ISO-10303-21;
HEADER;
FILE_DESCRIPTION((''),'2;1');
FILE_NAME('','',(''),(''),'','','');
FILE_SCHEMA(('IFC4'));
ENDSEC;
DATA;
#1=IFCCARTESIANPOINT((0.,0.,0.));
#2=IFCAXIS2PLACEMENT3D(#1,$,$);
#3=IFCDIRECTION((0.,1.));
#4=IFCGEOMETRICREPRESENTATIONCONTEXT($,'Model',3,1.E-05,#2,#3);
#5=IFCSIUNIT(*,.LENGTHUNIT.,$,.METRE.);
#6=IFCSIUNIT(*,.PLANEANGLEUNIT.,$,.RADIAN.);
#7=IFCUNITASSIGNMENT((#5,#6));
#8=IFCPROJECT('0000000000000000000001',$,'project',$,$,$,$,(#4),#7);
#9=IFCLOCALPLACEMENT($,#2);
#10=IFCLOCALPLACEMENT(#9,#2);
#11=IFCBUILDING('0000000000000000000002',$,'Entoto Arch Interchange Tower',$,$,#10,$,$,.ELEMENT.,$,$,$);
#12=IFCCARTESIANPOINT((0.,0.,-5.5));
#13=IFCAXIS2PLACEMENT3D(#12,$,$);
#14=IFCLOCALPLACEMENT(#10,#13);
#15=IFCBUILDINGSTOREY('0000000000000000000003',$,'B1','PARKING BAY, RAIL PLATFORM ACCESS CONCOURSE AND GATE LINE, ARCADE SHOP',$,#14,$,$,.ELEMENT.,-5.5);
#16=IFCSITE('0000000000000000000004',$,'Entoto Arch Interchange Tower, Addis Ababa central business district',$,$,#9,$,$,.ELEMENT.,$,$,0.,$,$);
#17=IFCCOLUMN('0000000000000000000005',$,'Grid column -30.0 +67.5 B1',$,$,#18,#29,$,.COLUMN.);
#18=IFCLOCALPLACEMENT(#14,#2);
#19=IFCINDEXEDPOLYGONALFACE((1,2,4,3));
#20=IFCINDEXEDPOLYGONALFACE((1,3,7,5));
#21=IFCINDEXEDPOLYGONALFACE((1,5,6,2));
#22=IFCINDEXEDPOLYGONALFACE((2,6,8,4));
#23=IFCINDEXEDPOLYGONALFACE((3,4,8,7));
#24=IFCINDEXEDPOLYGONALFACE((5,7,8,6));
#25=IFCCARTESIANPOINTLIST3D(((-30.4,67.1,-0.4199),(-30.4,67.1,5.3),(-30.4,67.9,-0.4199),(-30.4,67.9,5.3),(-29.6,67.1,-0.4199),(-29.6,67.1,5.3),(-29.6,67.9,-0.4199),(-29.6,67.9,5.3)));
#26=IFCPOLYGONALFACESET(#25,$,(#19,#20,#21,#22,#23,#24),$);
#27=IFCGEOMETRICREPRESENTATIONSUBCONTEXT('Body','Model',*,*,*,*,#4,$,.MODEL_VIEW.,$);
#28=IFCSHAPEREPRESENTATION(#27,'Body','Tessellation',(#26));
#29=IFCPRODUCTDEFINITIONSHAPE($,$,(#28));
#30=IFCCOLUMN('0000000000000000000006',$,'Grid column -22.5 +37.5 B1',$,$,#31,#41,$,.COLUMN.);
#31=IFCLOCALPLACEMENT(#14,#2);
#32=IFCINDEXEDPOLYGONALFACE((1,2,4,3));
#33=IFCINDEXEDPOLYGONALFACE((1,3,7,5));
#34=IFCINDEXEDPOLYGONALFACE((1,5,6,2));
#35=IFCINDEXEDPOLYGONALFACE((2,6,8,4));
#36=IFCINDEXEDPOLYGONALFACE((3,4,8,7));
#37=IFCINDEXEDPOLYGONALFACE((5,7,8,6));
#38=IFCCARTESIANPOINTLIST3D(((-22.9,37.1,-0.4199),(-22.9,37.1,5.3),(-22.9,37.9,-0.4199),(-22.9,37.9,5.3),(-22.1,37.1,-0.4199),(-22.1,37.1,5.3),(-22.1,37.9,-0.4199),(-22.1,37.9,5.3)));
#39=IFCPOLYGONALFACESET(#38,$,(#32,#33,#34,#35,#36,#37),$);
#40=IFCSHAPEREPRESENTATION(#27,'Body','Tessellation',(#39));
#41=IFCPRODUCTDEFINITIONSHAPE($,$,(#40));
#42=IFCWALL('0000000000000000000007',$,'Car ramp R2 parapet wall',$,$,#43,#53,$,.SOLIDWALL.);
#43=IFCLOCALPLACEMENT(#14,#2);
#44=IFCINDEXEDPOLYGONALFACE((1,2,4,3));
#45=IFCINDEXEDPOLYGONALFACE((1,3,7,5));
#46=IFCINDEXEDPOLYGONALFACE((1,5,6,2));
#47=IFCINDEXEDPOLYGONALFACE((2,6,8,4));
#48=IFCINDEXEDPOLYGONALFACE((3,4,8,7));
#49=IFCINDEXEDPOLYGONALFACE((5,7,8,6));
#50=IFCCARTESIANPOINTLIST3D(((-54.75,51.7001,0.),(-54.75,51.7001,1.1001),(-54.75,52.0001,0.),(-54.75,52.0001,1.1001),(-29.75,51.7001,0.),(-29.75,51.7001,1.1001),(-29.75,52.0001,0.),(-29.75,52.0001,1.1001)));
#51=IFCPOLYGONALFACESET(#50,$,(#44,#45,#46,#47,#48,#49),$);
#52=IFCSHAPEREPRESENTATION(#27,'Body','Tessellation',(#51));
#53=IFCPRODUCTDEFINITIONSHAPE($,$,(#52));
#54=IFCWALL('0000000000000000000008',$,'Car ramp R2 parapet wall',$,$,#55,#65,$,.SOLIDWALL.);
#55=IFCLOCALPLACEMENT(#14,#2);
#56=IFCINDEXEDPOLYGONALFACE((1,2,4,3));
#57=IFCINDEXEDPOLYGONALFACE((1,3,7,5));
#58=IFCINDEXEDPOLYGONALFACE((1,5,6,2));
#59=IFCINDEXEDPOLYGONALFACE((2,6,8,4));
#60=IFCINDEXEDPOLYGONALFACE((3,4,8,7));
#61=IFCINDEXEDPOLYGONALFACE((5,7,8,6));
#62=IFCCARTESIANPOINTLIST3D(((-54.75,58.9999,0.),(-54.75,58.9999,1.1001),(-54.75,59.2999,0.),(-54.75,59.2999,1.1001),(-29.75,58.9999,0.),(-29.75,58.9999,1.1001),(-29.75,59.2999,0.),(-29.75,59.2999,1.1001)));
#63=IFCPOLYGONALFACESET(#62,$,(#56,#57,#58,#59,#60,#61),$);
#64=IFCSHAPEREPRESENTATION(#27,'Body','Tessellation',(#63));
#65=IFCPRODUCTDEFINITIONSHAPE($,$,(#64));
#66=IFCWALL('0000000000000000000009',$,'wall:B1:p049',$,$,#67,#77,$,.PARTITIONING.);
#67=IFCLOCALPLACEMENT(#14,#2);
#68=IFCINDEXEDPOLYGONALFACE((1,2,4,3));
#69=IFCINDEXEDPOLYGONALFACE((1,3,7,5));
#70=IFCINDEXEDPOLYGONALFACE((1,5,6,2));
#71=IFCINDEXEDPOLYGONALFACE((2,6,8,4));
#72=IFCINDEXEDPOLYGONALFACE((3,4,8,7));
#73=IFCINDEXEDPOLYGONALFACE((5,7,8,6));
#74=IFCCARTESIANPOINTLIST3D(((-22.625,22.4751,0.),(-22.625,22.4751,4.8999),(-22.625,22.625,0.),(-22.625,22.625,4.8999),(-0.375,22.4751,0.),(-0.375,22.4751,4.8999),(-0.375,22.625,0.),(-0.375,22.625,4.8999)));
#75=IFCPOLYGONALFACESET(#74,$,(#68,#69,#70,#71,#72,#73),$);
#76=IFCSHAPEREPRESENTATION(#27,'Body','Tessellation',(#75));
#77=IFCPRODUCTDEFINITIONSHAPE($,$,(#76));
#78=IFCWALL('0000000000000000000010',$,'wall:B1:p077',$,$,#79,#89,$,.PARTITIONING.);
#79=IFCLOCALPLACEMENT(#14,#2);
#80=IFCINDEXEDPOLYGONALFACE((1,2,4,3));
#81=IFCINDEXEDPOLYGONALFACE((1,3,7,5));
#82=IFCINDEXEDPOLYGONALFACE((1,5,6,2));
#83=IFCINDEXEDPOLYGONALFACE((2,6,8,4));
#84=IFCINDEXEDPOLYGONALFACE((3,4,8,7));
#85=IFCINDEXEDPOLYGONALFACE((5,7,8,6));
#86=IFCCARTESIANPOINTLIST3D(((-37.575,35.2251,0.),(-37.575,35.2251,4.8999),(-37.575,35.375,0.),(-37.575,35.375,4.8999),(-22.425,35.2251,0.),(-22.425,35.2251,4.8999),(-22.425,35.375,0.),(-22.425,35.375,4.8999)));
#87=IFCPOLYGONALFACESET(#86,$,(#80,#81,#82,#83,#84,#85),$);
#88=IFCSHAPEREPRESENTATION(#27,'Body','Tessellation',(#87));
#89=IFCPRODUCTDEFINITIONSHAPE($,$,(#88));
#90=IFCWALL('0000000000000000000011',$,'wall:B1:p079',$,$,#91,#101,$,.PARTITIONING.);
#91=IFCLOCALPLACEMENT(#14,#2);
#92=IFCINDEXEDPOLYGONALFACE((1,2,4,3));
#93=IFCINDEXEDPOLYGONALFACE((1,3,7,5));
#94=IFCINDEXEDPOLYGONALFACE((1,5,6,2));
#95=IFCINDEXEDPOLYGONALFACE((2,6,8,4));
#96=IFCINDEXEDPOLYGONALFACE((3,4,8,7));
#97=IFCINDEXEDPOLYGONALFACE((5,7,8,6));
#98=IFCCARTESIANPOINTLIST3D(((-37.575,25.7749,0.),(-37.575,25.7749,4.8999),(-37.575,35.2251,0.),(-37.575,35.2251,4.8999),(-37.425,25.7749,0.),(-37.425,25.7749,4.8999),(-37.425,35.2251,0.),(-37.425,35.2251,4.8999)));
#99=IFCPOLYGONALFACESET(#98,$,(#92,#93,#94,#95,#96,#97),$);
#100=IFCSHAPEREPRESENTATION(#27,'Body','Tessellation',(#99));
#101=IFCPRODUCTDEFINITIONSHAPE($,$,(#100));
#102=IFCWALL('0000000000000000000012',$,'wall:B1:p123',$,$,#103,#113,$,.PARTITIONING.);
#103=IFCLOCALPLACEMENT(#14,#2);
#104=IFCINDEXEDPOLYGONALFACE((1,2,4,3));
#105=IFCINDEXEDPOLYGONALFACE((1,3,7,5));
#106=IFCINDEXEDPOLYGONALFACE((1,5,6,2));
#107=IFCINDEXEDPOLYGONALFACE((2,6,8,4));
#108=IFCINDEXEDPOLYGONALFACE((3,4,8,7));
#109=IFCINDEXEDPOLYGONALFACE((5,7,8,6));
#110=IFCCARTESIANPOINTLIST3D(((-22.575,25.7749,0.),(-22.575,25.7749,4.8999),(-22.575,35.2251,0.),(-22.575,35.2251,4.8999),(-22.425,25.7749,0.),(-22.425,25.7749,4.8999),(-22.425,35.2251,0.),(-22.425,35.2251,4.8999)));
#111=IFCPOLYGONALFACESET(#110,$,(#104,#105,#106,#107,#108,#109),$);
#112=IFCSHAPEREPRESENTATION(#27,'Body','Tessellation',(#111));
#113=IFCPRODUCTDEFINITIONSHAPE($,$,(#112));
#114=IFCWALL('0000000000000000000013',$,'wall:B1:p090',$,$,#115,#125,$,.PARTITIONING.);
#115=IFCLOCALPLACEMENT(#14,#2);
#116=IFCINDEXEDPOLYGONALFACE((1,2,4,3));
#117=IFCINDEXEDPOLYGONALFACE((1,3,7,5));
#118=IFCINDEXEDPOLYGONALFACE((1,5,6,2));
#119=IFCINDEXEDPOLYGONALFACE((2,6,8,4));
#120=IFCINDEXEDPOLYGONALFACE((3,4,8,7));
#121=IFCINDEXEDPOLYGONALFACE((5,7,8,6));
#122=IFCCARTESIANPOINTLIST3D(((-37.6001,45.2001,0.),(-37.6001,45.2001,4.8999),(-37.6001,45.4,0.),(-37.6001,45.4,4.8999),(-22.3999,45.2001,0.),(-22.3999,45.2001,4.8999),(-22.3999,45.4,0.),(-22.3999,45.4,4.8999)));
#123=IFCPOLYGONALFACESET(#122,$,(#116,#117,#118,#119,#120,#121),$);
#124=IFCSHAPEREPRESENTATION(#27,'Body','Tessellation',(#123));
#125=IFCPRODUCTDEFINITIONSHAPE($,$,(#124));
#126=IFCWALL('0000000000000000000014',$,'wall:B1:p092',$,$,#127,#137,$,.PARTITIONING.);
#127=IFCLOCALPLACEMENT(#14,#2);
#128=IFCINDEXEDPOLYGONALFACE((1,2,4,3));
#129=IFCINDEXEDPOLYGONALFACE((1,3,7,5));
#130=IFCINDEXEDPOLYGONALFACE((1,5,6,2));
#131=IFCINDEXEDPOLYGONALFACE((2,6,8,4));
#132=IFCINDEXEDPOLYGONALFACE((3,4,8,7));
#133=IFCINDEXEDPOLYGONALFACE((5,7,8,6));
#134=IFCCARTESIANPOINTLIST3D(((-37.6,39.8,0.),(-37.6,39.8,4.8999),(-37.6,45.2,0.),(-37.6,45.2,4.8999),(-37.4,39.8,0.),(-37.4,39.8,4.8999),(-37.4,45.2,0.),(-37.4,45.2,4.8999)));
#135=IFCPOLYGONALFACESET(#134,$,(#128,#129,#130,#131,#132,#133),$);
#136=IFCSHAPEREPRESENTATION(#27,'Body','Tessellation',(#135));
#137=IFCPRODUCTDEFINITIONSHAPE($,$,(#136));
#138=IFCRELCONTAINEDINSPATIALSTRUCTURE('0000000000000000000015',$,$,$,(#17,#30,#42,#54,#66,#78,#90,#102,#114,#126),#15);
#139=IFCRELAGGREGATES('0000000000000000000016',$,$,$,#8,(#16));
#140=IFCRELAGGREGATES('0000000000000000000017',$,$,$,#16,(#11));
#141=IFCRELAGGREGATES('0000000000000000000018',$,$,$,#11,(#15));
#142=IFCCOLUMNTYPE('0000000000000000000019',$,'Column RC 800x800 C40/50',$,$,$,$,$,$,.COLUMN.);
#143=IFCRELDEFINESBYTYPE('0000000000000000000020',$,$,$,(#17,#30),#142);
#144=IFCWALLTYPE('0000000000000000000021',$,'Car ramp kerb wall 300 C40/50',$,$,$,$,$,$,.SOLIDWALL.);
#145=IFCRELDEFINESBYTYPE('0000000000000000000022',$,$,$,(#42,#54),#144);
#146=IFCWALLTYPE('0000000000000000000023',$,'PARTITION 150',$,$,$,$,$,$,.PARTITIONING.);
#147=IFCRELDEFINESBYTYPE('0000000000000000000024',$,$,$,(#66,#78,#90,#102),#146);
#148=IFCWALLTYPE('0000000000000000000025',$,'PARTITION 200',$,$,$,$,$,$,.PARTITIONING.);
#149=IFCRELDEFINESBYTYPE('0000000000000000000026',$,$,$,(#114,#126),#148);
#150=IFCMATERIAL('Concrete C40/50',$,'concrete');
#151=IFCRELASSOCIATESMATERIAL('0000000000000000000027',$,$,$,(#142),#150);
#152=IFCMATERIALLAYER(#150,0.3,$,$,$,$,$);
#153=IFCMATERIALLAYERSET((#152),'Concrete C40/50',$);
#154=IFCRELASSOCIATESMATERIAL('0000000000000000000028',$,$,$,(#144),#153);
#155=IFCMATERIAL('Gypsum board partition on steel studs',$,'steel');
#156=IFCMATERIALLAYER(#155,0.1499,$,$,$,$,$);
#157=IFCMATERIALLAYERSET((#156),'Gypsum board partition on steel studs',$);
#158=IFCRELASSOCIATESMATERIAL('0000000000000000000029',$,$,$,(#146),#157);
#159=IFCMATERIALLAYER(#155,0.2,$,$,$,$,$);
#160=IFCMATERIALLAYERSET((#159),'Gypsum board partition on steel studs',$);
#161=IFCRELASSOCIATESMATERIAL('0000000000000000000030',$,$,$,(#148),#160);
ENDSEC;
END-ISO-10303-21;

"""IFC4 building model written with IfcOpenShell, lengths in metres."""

from ifc_helpers import new_model, si_unit, direction, frame, frame_2d, origin, origin_2d, place, context, subcontext, project, spatial, rectangle, extrude, material, layer, layer_set, material_profile, profile_set, type_object, element, save


model = new_model("IFC4")

# Units and contexts
model_context = context("Model", 3, precision=1e-05, world=origin(), true_north=direction((0.0, 1.0)))
body_context = subcontext(model_context, "Body", "Model", "MODEL_VIEW")
ifc_project = project(units=[si_unit("LENGTHUNIT", "METRE"), si_unit("PLANEANGLEUNIT", "RADIAN")], contexts=[model_context])

# Site, building, storey
site_placement = place(None, origin())
site = spatial("IfcSite", under=ifc_project, at=site_placement, Name="Entoto Arch Interchange Tower, Addis Ababa central business district", CompositionType="ELEMENT", RefElevation=0.0)
building_placement = place(site_placement, origin())
building = spatial("IfcBuilding", under=site, at=building_placement, Name="Entoto Arch Interchange Tower", CompositionType="ELEMENT")
storey_placement = place(building_placement, frame((0.0, 0.0, -5.5)))
storey = spatial("IfcBuildingStorey", under=building, at=storey_placement, Name="B1", Description="PARKING BAY, RAIL PLATFORM ACCESS CONCOURSE AND GATE LINE, ARCADE SHOP", CompositionType="ELEMENT", Elevation=-5.5)

# Columns
ifc_material_1 = material(Name="Concrete C40/50", Category="concrete")
ifc_material_profile = material_profile(ifc_material_1, rectangle(XDim=0.8, YDim=0.8, at=origin_2d()))
ifc_profile_set = profile_set([ifc_material_profile], Name="Concrete C40/50")
column_type = type_object("IfcColumnType", Name="Column RC 800x800 C40/50", PredefinedType="COLUMN", material=ifc_profile_set)
for number, where, z_axis, x_axis, name in (
    (1, (-30.0, 67.5, -0.4199), (0.0, 0.0, 1.0), (1.0, 0.0, 0.0), "Grid column -30.0 +67.5 B1"),
    (2, (-22.5, 37.5, -0.4199), (0.0, 0.0, 1.0), (1.0, 0.0, 0.0), "Grid column -22.5 +37.5 B1"),
):
    element("IfcColumn", number, at=place(storey_placement, frame(where, z_axis=z_axis, x_axis=x_axis)), inside=storey, type_object=column_type, Name=name, PredefinedType="COLUMN", context=body_context, shape_type="SweptSolid", body=[
        extrude(rectangle(XDim=0.8, YDim=0.8, at=origin_2d()), origin(), (0.0, 0.0, 1.0), 5.72),
    ])

# Walls
ifc_layer_1 = layer(ifc_material_1, 0.3)
ifc_layer_set_1 = layer_set([ifc_layer_1], Name="Concrete C40/50")
wall_type_1 = type_object("IfcWallType", Name="Car ramp kerb wall 300 C40/50", PredefinedType="SOLIDWALL", material=ifc_layer_set_1)
for number, where, z_axis, x_axis, name in (
    (3, (-54.75, 51.8501, 0.0), (0.0, 0.0, 1.0), (1.0, 0.0, 0.0), "Car ramp R2 parapet wall"),
    (4, (-54.75, 59.1499, 0.0), (0.0, 0.0, 1.0), (1.0, 0.0, 0.0), "Car ramp R2 parapet wall"),
):
    element("IfcWall", number, at=place(storey_placement, frame(where, z_axis=z_axis, x_axis=x_axis)), inside=storey, type_object=wall_type_1, Name=name, PredefinedType="SOLIDWALL", context=body_context, shape_type="SweptSolid", body=[
        extrude(rectangle(XDim=25.0, YDim=0.3, at=frame_2d((12.5, 0.0))), origin(), (0.0, 0.0, 1.0), 1.1001),
    ])
ifc_material_2 = material(Name="Gypsum board partition on steel studs", Category="steel")
ifc_layer_2 = layer(ifc_material_2, 0.1499)
ifc_layer_set_2 = layer_set([ifc_layer_2], Name="Gypsum board partition on steel studs")
wall_type_2 = type_object("IfcWallType", Name="PARTITION 150", PredefinedType="PARTITIONING", material=ifc_layer_set_2)
wall_1_placement = place(storey_placement, frame((-22.625, 22.55, 0.0), z_axis=(0.0, 0.0, 1.0), x_axis=(1.0, 0.0, 0.0)))
element("IfcWall", 5, at=wall_1_placement, inside=storey, type_object=wall_type_2, Name="wall:B1:p049", PredefinedType="PARTITIONING", context=body_context, shape_type="SweptSolid", body=[
    extrude(rectangle(XDim=22.25, YDim=0.1499, at=frame_2d((11.125, 0.0))), origin(), (0.0, 0.0, 1.0), 4.8999),
])
wall_2_placement = place(storey_placement, frame((-37.575, 35.3, 0.0), z_axis=(0.0, 0.0, 1.0), x_axis=(1.0, 0.0, 0.0)))
element("IfcWall", 6, at=wall_2_placement, inside=storey, type_object=wall_type_2, Name="wall:B1:p077", PredefinedType="PARTITIONING", context=body_context, shape_type="SweptSolid", body=[
    extrude(rectangle(XDim=15.1499, YDim=0.1499, at=frame_2d((7.575, 0.0))), origin(), (0.0, 0.0, 1.0), 4.8999),
])
for number, where, z_axis, x_axis, name in (
    (7, (-37.5, 25.7749, 0.0), (0.0, 0.0, 1.0), (0.0, 1.0, 0.0), "wall:B1:p079"),
    (8, (-22.5, 35.2251, 0.0), (0.0, 0.0, 1.0), (0.0, -1.0, 0.0), "wall:B1:p123"),
):
    element("IfcWall", number, at=place(storey_placement, frame(where, z_axis=z_axis, x_axis=x_axis)), inside=storey, type_object=wall_type_2, Name=name, PredefinedType="PARTITIONING", context=body_context, shape_type="SweptSolid", body=[
        extrude(rectangle(XDim=9.4502, YDim=0.1499, at=frame_2d((4.7251, 0.0))), origin(), (0.0, 0.0, 1.0), 4.8999),
    ])
ifc_layer_3 = layer(ifc_material_2, 0.2)
ifc_layer_set_3 = layer_set([ifc_layer_3], Name="Gypsum board partition on steel studs")
wall_type_3 = type_object("IfcWallType", Name="PARTITION 200", PredefinedType="PARTITIONING", material=ifc_layer_set_3)
wall_3_placement = place(storey_placement, frame((-37.6001, 45.3, 0.0), z_axis=(0.0, 0.0, 1.0), x_axis=(1.0, 0.0, 0.0)))
element("IfcWall", 9, at=wall_3_placement, inside=storey, type_object=wall_type_3, Name="wall:B1:p090", PredefinedType="PARTITIONING", context=body_context, shape_type="SweptSolid", body=[
    extrude(rectangle(XDim=15.2002, YDim=0.2, at=frame_2d((7.6001, 0.0))), origin(), (0.0, 0.0, 1.0), 4.8999),
])
wall_4_placement = place(storey_placement, frame((-37.5, 39.8, 0.0), z_axis=(0.0, 0.0, 1.0), x_axis=(0.0, 1.0, 0.0)))
element("IfcWall", 10, at=wall_4_placement, inside=storey, type_object=wall_type_3, Name="wall:B1:p092", PredefinedType="PARTITIONING", context=body_context, shape_type="SweptSolid", body=[
    extrude(rectangle(XDim=5.3999, YDim=0.2, at=frame_2d((2.7, 0.0))), origin(), (0.0, 0.0, 1.0), 4.8999),
])

save(model, "model.ifc")
